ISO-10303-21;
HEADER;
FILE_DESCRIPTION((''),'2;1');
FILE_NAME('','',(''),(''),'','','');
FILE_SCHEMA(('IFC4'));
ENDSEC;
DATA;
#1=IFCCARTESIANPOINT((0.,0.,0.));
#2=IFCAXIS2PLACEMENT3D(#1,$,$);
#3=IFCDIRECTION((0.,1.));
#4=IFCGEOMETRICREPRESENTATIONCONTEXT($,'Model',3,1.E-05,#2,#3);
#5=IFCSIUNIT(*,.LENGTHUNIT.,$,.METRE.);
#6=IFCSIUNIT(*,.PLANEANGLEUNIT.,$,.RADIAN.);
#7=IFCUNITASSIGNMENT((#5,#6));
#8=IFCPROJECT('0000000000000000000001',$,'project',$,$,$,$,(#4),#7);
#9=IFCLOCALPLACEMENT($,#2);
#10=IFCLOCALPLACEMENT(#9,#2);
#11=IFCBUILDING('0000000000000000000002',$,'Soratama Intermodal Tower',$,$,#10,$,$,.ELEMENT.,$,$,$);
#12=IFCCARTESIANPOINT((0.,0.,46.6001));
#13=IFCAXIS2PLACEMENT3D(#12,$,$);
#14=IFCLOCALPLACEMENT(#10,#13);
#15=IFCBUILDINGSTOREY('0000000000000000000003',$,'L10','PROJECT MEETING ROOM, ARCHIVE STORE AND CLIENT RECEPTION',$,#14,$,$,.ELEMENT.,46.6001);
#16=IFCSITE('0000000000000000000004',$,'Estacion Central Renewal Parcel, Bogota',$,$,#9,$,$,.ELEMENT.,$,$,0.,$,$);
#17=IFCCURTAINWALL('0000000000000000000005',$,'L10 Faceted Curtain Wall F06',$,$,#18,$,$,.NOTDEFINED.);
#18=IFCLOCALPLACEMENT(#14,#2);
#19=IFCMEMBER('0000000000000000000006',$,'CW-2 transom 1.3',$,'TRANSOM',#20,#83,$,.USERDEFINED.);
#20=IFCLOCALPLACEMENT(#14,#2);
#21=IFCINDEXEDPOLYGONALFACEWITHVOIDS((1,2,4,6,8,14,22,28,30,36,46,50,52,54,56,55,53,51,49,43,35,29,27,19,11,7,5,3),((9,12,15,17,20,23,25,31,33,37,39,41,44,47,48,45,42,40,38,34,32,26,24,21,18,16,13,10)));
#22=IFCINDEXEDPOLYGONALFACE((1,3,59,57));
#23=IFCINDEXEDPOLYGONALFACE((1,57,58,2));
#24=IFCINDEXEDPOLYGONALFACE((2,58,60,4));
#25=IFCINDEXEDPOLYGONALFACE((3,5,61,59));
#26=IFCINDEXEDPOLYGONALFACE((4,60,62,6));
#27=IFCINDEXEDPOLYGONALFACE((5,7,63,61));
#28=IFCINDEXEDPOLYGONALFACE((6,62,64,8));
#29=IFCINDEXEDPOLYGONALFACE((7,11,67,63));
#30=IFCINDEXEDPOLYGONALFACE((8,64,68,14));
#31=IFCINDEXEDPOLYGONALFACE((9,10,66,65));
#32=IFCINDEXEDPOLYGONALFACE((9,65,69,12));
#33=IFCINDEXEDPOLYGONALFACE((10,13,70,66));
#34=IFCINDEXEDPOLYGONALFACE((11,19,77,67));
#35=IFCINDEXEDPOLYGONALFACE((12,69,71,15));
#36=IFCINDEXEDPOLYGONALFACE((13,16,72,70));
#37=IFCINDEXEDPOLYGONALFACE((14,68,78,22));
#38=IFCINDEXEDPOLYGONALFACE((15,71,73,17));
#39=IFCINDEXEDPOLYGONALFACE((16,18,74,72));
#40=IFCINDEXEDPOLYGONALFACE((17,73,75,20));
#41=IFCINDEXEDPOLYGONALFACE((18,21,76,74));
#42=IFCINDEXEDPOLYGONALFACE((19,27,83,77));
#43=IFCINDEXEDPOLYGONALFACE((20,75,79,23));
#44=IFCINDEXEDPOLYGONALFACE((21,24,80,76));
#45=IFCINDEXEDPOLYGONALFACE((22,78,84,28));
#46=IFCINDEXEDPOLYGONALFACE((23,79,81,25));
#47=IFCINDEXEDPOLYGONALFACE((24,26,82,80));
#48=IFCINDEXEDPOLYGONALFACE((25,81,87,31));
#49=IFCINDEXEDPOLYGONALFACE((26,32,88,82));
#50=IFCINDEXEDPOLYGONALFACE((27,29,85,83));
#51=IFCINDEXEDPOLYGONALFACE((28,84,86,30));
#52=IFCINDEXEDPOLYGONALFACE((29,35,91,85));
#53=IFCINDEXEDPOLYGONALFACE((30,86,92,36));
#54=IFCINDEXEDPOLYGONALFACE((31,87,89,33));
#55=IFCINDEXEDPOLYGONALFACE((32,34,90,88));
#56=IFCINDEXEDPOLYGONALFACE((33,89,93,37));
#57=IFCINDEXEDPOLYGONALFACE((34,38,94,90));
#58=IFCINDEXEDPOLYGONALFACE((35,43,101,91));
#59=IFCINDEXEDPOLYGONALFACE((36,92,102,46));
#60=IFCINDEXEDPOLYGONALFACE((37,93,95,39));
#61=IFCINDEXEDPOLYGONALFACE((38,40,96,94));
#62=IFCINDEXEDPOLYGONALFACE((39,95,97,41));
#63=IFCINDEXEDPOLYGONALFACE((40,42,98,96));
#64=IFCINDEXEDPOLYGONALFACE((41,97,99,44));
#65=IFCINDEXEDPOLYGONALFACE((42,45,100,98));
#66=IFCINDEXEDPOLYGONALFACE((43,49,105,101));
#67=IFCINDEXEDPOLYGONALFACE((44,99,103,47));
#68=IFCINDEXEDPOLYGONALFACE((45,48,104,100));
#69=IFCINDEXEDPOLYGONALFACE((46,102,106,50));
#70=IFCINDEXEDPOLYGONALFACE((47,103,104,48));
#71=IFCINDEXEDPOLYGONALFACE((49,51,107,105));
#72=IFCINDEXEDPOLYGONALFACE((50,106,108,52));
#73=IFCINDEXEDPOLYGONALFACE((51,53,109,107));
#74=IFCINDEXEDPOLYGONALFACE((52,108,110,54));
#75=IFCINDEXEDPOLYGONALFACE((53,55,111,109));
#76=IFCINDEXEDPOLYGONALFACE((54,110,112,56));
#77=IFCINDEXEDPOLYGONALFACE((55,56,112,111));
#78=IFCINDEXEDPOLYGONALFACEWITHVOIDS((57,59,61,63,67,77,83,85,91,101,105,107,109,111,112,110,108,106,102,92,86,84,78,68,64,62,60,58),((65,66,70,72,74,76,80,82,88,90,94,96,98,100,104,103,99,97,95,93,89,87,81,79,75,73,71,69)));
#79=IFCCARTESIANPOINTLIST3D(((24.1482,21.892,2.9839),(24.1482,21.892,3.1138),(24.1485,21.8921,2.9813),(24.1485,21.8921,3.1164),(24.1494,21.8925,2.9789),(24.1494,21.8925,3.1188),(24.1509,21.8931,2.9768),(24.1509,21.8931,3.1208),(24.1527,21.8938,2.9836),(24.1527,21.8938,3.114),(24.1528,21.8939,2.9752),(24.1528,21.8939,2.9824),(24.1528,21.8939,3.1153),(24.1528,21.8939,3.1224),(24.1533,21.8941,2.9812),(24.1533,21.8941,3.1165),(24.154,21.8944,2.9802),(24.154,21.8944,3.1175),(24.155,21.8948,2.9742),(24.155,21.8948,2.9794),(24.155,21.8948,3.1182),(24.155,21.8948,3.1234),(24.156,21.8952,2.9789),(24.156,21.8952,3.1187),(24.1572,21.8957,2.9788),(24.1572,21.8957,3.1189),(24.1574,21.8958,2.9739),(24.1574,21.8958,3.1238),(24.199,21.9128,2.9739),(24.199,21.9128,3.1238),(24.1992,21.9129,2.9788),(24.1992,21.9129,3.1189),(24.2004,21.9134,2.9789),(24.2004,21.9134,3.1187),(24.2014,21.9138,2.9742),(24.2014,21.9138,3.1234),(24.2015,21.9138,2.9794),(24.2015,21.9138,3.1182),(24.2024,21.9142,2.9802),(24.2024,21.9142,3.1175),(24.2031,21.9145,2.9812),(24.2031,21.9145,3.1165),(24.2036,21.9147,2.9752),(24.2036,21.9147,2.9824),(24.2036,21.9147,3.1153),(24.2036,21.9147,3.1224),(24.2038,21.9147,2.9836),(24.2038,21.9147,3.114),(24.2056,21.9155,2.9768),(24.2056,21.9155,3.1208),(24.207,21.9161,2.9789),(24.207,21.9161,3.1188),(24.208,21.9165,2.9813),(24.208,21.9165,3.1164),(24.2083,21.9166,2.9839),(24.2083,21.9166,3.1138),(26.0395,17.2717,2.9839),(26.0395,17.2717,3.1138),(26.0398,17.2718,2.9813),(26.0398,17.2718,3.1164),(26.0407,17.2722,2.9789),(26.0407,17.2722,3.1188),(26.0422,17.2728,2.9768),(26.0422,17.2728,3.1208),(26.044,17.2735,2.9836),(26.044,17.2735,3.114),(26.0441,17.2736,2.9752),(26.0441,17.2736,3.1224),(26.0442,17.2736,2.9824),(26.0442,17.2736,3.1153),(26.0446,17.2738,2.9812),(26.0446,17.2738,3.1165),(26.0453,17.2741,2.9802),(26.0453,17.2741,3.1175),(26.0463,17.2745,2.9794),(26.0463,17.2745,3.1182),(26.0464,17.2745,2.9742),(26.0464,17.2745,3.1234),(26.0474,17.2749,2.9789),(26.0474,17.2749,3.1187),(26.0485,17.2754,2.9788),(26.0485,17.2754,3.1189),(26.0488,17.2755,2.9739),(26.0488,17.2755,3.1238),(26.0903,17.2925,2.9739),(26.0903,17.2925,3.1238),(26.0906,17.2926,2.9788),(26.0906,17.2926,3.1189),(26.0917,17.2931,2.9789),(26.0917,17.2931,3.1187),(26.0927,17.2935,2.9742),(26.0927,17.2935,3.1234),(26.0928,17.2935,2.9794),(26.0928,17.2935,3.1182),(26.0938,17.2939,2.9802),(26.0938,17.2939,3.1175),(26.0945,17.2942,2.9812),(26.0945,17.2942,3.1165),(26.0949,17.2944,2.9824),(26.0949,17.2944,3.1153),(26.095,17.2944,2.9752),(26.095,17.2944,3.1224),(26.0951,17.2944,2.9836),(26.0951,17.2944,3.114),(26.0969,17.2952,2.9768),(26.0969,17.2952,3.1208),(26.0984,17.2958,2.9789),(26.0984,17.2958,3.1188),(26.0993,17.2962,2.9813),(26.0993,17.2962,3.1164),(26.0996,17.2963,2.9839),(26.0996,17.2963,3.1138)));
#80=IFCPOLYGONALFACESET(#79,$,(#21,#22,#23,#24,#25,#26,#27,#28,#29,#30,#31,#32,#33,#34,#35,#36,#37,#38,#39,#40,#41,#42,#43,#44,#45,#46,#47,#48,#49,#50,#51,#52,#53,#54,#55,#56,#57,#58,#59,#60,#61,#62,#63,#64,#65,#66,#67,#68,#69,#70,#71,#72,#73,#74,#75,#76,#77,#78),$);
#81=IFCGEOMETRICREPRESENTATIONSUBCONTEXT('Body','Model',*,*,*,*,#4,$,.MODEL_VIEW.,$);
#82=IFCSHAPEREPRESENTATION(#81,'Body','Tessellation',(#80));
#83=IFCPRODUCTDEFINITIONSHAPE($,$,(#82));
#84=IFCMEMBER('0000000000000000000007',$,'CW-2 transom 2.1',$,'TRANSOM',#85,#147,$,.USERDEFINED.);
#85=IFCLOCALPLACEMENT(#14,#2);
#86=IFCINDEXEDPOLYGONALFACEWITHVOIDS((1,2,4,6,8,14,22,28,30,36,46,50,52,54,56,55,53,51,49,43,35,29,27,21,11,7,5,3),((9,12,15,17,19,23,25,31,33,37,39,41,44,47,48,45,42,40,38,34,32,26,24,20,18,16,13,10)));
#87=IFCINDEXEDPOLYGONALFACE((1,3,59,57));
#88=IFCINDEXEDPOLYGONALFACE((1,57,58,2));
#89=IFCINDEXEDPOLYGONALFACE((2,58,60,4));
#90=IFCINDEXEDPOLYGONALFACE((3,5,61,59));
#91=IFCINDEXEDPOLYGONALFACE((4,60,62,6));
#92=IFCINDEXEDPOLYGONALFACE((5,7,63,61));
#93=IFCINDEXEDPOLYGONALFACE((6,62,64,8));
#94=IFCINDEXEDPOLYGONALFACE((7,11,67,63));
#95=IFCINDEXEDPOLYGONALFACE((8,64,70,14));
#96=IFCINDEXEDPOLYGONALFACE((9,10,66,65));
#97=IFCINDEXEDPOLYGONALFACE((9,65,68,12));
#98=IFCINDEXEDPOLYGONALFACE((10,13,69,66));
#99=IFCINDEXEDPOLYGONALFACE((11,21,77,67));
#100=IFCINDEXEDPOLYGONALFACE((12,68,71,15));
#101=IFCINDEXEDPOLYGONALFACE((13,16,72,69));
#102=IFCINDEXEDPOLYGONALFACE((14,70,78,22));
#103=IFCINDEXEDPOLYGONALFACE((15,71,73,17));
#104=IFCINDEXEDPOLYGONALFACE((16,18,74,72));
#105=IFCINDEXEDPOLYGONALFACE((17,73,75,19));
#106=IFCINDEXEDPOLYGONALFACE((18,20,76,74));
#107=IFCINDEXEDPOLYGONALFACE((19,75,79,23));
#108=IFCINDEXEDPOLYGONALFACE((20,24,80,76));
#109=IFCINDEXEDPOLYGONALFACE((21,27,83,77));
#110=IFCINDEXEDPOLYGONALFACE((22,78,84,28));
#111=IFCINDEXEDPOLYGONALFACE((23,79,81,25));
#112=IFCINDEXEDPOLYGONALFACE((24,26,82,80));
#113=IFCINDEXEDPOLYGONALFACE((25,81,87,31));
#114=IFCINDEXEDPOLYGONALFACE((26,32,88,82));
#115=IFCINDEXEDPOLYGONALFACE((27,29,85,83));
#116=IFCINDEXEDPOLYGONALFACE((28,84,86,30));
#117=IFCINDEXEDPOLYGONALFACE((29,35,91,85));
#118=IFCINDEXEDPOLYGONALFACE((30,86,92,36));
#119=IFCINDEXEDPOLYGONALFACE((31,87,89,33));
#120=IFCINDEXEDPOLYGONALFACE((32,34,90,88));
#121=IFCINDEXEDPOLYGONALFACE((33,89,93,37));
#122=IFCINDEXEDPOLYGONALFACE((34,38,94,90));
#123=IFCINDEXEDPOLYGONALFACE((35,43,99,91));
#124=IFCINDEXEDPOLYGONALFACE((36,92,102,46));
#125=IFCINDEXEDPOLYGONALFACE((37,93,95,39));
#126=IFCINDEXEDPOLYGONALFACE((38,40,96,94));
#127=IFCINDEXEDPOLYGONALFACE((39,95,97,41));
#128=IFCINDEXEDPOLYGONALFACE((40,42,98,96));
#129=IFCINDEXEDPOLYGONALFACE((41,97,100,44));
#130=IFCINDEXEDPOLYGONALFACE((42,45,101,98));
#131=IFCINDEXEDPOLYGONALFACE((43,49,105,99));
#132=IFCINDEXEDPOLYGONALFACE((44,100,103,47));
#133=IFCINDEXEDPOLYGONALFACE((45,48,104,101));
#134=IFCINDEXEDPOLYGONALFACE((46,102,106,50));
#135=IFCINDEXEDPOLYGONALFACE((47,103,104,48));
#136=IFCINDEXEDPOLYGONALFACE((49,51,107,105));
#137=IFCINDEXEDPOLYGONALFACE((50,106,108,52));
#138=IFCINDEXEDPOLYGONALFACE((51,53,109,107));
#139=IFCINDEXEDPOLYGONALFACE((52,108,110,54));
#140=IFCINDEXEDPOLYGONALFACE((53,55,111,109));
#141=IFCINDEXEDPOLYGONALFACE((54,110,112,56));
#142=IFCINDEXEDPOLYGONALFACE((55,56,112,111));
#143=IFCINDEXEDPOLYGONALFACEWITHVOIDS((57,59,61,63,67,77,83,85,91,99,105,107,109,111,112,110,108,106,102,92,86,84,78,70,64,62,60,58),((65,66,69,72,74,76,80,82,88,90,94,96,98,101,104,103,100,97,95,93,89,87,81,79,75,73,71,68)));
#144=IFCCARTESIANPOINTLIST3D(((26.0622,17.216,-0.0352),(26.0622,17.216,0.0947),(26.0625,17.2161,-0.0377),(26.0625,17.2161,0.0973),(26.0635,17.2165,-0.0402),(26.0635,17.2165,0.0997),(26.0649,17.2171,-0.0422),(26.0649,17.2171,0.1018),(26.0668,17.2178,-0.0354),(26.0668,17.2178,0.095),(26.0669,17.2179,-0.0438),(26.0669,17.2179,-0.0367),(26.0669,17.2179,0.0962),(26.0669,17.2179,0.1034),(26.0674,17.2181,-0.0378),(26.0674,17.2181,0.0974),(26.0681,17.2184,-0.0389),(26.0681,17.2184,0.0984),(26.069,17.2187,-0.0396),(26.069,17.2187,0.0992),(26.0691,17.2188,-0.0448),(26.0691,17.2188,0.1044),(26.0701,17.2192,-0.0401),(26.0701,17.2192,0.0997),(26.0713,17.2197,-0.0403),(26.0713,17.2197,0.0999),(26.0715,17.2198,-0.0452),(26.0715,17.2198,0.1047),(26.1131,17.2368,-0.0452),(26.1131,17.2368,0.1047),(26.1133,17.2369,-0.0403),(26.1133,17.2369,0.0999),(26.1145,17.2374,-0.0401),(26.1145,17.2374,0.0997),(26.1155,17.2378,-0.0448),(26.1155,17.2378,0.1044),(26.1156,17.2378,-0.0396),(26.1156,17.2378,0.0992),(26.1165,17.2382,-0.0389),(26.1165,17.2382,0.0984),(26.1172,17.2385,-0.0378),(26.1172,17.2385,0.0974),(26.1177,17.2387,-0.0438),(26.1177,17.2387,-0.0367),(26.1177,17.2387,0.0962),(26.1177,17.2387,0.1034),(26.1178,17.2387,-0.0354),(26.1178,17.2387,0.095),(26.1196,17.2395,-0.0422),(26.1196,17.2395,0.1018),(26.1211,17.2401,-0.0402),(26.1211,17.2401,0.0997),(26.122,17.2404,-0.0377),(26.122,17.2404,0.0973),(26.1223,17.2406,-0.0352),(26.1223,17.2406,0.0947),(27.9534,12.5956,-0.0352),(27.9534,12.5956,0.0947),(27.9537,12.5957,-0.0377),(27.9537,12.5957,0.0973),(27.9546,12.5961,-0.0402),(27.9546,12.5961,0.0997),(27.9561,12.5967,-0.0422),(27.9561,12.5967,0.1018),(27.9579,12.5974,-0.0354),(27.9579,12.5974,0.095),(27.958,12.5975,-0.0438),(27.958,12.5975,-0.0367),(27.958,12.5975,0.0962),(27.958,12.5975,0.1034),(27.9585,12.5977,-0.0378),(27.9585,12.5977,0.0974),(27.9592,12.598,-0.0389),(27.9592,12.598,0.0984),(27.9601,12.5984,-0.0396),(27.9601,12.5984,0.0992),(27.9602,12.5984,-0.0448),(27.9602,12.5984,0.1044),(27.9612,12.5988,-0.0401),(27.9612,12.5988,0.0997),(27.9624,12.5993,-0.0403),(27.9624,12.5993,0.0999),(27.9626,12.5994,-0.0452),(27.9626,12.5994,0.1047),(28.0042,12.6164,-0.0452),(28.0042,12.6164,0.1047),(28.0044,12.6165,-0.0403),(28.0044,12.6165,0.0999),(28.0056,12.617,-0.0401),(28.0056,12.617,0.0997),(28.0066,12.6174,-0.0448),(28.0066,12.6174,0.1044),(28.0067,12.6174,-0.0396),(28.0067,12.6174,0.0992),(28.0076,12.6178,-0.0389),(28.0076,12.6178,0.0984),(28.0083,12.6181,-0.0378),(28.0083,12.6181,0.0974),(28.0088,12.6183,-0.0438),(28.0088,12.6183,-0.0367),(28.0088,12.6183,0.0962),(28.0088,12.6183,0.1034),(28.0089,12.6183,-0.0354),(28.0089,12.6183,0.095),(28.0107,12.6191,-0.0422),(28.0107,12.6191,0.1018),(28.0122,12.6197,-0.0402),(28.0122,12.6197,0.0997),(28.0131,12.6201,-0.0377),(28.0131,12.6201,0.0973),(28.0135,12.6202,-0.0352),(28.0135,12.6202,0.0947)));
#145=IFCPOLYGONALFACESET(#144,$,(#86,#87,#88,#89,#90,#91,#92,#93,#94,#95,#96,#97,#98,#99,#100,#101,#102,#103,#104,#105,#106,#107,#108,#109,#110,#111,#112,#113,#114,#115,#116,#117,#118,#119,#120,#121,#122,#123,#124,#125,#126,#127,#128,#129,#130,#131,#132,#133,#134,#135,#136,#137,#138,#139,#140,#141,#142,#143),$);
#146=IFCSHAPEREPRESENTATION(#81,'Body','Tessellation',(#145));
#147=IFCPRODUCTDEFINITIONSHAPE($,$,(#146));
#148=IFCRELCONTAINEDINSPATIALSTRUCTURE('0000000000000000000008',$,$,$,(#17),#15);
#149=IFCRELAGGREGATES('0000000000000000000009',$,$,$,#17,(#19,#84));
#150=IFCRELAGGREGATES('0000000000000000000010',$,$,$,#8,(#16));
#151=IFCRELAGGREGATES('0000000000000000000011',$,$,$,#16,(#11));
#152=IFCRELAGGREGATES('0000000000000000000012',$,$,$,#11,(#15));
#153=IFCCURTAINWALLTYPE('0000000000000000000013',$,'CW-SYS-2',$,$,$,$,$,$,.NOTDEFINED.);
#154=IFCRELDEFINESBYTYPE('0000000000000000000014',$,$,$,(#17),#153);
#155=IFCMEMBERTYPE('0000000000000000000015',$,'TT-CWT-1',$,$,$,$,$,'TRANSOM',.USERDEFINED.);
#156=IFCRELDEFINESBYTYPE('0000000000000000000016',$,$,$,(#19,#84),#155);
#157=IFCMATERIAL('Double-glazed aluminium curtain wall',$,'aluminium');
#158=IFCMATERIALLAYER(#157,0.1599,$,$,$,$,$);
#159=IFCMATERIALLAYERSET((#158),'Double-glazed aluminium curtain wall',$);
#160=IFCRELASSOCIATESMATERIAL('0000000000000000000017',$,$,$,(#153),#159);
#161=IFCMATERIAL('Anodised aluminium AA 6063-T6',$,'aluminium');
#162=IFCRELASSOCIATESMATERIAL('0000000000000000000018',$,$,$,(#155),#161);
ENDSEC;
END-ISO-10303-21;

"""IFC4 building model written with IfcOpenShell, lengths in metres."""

from ifc_helpers import new_model, si_unit, direction, frame, origin, origin_2d, place, context, subcontext, project, spatial, hollow_rectangle, extrude, material, layer, layer_set, material_profile, profile_set, type_object, element, aggregate, save


model = new_model("IFC4")

# Units and contexts
model_context = context("Model", 3, precision=1e-05, world=origin(), true_north=direction((0.0, 1.0)))
body_context = subcontext(model_context, "Body", "Model", "MODEL_VIEW")
ifc_project = project(units=[si_unit("LENGTHUNIT", "METRE"), si_unit("PLANEANGLEUNIT", "RADIAN")], contexts=[model_context])

# Site, building, storey
site_placement = place(None, origin())
site = spatial("IfcSite", under=ifc_project, at=site_placement, Name="Estacion Central Renewal Parcel, Bogota", CompositionType="ELEMENT", RefElevation=0.0)
building_placement = place(site_placement, origin())
building = spatial("IfcBuilding", under=site, at=building_placement, Name="Soratama Intermodal Tower", CompositionType="ELEMENT")
storey_placement = place(building_placement, frame((0.0, 0.0, 46.6001)))
storey = spatial("IfcBuildingStorey", under=building, at=storey_placement, Name="L10", Description="PROJECT MEETING ROOM, ARCHIVE STORE AND CLIENT RECEPTION", CompositionType="ELEMENT", Elevation=46.6001)

# Curtain wall, members
ifc_material_1 = material(Name="Double-glazed aluminium curtain wall", Category="aluminium")
ifc_layer_1 = layer(ifc_material_1, 0.1599)
ifc_layer_set_1 = layer_set([ifc_layer_1], Name="Double-glazed aluminium curtain wall")
curtain_wall_type = type_object("IfcCurtainWallType", Name="CW-SYS-2", PredefinedType="NOTDEFINED", material=ifc_layer_set_1)
curtain_wall_placement = place(storey_placement, origin())
curtain_wall = element("IfcCurtainWall", 1, at=curtain_wall_placement, inside=storey, type_object=curtain_wall_type, Name="L10 Faceted Curtain Wall F06", PredefinedType="NOTDEFINED")
ifc_material_2 = material(Name="Anodised aluminium AA 6063-T6", Category="aluminium")
ifc_material_profile_1 = material_profile(ifc_material_2, hollow_rectangle(XDim=0.0649, YDim=0.1499, WallThickness=0.0049, InnerFilletRadius=0.0049, OuterFilletRadius=0.01, at=origin_2d()), Name="CWT150X65X5")
ifc_profile_set_1 = profile_set([ifc_material_profile_1], Name="Anodised aluminium AA 6063-T6")
member_type_1 = type_object("IfcMemberType", Name="TT-CWT-1", ElementType="TRANSOM", PredefinedType="USERDEFINED", material=ifc_profile_set_1)
member_1_placement = place(storey_placement, frame((24.1782, 21.9043, 3.0488), z_axis=(0.37884, -0.925462, 0.0), x_axis=(0.925462, 0.37884, 0.0)))
member_1 = element("IfcMember", 2, at=member_1_placement, type_object=member_type_1, Name="CW-2 transom 1.3", ObjectType="TRANSOM", PredefinedType="USERDEFINED", context=body_context, shape_type="SweptSolid", body=[
    extrude(hollow_rectangle(XDim=0.0649, YDim=0.1499, WallThickness=0.0049, InnerFilletRadius=0.0049, OuterFilletRadius=0.01, at=origin_2d()), origin(), (0.0, 0.0, 1.0), 4.9924),
])
member_2_placement = place(storey_placement, frame((26.0923, 17.2283, 0.0298), z_axis=(0.378799, -0.925479, 0.0), x_axis=(0.925479, 0.378799, 0.0)))
member_2 = element("IfcMember", 3, at=member_2_placement, type_object=member_type_1, Name="CW-2 transom 2.1", ObjectType="TRANSOM", PredefinedType="USERDEFINED", context=body_context, shape_type="SweptSolid", body=[
    extrude(hollow_rectangle(XDim=0.0649, YDim=0.1499, WallThickness=0.0049, InnerFilletRadius=0.0049, OuterFilletRadius=0.01, at=origin_2d()), origin(), (0.0, 0.0, 1.0), 4.9924),
])
aggregate(curtain_wall, [member_1, member_2])

save(model, "model.ifc")
